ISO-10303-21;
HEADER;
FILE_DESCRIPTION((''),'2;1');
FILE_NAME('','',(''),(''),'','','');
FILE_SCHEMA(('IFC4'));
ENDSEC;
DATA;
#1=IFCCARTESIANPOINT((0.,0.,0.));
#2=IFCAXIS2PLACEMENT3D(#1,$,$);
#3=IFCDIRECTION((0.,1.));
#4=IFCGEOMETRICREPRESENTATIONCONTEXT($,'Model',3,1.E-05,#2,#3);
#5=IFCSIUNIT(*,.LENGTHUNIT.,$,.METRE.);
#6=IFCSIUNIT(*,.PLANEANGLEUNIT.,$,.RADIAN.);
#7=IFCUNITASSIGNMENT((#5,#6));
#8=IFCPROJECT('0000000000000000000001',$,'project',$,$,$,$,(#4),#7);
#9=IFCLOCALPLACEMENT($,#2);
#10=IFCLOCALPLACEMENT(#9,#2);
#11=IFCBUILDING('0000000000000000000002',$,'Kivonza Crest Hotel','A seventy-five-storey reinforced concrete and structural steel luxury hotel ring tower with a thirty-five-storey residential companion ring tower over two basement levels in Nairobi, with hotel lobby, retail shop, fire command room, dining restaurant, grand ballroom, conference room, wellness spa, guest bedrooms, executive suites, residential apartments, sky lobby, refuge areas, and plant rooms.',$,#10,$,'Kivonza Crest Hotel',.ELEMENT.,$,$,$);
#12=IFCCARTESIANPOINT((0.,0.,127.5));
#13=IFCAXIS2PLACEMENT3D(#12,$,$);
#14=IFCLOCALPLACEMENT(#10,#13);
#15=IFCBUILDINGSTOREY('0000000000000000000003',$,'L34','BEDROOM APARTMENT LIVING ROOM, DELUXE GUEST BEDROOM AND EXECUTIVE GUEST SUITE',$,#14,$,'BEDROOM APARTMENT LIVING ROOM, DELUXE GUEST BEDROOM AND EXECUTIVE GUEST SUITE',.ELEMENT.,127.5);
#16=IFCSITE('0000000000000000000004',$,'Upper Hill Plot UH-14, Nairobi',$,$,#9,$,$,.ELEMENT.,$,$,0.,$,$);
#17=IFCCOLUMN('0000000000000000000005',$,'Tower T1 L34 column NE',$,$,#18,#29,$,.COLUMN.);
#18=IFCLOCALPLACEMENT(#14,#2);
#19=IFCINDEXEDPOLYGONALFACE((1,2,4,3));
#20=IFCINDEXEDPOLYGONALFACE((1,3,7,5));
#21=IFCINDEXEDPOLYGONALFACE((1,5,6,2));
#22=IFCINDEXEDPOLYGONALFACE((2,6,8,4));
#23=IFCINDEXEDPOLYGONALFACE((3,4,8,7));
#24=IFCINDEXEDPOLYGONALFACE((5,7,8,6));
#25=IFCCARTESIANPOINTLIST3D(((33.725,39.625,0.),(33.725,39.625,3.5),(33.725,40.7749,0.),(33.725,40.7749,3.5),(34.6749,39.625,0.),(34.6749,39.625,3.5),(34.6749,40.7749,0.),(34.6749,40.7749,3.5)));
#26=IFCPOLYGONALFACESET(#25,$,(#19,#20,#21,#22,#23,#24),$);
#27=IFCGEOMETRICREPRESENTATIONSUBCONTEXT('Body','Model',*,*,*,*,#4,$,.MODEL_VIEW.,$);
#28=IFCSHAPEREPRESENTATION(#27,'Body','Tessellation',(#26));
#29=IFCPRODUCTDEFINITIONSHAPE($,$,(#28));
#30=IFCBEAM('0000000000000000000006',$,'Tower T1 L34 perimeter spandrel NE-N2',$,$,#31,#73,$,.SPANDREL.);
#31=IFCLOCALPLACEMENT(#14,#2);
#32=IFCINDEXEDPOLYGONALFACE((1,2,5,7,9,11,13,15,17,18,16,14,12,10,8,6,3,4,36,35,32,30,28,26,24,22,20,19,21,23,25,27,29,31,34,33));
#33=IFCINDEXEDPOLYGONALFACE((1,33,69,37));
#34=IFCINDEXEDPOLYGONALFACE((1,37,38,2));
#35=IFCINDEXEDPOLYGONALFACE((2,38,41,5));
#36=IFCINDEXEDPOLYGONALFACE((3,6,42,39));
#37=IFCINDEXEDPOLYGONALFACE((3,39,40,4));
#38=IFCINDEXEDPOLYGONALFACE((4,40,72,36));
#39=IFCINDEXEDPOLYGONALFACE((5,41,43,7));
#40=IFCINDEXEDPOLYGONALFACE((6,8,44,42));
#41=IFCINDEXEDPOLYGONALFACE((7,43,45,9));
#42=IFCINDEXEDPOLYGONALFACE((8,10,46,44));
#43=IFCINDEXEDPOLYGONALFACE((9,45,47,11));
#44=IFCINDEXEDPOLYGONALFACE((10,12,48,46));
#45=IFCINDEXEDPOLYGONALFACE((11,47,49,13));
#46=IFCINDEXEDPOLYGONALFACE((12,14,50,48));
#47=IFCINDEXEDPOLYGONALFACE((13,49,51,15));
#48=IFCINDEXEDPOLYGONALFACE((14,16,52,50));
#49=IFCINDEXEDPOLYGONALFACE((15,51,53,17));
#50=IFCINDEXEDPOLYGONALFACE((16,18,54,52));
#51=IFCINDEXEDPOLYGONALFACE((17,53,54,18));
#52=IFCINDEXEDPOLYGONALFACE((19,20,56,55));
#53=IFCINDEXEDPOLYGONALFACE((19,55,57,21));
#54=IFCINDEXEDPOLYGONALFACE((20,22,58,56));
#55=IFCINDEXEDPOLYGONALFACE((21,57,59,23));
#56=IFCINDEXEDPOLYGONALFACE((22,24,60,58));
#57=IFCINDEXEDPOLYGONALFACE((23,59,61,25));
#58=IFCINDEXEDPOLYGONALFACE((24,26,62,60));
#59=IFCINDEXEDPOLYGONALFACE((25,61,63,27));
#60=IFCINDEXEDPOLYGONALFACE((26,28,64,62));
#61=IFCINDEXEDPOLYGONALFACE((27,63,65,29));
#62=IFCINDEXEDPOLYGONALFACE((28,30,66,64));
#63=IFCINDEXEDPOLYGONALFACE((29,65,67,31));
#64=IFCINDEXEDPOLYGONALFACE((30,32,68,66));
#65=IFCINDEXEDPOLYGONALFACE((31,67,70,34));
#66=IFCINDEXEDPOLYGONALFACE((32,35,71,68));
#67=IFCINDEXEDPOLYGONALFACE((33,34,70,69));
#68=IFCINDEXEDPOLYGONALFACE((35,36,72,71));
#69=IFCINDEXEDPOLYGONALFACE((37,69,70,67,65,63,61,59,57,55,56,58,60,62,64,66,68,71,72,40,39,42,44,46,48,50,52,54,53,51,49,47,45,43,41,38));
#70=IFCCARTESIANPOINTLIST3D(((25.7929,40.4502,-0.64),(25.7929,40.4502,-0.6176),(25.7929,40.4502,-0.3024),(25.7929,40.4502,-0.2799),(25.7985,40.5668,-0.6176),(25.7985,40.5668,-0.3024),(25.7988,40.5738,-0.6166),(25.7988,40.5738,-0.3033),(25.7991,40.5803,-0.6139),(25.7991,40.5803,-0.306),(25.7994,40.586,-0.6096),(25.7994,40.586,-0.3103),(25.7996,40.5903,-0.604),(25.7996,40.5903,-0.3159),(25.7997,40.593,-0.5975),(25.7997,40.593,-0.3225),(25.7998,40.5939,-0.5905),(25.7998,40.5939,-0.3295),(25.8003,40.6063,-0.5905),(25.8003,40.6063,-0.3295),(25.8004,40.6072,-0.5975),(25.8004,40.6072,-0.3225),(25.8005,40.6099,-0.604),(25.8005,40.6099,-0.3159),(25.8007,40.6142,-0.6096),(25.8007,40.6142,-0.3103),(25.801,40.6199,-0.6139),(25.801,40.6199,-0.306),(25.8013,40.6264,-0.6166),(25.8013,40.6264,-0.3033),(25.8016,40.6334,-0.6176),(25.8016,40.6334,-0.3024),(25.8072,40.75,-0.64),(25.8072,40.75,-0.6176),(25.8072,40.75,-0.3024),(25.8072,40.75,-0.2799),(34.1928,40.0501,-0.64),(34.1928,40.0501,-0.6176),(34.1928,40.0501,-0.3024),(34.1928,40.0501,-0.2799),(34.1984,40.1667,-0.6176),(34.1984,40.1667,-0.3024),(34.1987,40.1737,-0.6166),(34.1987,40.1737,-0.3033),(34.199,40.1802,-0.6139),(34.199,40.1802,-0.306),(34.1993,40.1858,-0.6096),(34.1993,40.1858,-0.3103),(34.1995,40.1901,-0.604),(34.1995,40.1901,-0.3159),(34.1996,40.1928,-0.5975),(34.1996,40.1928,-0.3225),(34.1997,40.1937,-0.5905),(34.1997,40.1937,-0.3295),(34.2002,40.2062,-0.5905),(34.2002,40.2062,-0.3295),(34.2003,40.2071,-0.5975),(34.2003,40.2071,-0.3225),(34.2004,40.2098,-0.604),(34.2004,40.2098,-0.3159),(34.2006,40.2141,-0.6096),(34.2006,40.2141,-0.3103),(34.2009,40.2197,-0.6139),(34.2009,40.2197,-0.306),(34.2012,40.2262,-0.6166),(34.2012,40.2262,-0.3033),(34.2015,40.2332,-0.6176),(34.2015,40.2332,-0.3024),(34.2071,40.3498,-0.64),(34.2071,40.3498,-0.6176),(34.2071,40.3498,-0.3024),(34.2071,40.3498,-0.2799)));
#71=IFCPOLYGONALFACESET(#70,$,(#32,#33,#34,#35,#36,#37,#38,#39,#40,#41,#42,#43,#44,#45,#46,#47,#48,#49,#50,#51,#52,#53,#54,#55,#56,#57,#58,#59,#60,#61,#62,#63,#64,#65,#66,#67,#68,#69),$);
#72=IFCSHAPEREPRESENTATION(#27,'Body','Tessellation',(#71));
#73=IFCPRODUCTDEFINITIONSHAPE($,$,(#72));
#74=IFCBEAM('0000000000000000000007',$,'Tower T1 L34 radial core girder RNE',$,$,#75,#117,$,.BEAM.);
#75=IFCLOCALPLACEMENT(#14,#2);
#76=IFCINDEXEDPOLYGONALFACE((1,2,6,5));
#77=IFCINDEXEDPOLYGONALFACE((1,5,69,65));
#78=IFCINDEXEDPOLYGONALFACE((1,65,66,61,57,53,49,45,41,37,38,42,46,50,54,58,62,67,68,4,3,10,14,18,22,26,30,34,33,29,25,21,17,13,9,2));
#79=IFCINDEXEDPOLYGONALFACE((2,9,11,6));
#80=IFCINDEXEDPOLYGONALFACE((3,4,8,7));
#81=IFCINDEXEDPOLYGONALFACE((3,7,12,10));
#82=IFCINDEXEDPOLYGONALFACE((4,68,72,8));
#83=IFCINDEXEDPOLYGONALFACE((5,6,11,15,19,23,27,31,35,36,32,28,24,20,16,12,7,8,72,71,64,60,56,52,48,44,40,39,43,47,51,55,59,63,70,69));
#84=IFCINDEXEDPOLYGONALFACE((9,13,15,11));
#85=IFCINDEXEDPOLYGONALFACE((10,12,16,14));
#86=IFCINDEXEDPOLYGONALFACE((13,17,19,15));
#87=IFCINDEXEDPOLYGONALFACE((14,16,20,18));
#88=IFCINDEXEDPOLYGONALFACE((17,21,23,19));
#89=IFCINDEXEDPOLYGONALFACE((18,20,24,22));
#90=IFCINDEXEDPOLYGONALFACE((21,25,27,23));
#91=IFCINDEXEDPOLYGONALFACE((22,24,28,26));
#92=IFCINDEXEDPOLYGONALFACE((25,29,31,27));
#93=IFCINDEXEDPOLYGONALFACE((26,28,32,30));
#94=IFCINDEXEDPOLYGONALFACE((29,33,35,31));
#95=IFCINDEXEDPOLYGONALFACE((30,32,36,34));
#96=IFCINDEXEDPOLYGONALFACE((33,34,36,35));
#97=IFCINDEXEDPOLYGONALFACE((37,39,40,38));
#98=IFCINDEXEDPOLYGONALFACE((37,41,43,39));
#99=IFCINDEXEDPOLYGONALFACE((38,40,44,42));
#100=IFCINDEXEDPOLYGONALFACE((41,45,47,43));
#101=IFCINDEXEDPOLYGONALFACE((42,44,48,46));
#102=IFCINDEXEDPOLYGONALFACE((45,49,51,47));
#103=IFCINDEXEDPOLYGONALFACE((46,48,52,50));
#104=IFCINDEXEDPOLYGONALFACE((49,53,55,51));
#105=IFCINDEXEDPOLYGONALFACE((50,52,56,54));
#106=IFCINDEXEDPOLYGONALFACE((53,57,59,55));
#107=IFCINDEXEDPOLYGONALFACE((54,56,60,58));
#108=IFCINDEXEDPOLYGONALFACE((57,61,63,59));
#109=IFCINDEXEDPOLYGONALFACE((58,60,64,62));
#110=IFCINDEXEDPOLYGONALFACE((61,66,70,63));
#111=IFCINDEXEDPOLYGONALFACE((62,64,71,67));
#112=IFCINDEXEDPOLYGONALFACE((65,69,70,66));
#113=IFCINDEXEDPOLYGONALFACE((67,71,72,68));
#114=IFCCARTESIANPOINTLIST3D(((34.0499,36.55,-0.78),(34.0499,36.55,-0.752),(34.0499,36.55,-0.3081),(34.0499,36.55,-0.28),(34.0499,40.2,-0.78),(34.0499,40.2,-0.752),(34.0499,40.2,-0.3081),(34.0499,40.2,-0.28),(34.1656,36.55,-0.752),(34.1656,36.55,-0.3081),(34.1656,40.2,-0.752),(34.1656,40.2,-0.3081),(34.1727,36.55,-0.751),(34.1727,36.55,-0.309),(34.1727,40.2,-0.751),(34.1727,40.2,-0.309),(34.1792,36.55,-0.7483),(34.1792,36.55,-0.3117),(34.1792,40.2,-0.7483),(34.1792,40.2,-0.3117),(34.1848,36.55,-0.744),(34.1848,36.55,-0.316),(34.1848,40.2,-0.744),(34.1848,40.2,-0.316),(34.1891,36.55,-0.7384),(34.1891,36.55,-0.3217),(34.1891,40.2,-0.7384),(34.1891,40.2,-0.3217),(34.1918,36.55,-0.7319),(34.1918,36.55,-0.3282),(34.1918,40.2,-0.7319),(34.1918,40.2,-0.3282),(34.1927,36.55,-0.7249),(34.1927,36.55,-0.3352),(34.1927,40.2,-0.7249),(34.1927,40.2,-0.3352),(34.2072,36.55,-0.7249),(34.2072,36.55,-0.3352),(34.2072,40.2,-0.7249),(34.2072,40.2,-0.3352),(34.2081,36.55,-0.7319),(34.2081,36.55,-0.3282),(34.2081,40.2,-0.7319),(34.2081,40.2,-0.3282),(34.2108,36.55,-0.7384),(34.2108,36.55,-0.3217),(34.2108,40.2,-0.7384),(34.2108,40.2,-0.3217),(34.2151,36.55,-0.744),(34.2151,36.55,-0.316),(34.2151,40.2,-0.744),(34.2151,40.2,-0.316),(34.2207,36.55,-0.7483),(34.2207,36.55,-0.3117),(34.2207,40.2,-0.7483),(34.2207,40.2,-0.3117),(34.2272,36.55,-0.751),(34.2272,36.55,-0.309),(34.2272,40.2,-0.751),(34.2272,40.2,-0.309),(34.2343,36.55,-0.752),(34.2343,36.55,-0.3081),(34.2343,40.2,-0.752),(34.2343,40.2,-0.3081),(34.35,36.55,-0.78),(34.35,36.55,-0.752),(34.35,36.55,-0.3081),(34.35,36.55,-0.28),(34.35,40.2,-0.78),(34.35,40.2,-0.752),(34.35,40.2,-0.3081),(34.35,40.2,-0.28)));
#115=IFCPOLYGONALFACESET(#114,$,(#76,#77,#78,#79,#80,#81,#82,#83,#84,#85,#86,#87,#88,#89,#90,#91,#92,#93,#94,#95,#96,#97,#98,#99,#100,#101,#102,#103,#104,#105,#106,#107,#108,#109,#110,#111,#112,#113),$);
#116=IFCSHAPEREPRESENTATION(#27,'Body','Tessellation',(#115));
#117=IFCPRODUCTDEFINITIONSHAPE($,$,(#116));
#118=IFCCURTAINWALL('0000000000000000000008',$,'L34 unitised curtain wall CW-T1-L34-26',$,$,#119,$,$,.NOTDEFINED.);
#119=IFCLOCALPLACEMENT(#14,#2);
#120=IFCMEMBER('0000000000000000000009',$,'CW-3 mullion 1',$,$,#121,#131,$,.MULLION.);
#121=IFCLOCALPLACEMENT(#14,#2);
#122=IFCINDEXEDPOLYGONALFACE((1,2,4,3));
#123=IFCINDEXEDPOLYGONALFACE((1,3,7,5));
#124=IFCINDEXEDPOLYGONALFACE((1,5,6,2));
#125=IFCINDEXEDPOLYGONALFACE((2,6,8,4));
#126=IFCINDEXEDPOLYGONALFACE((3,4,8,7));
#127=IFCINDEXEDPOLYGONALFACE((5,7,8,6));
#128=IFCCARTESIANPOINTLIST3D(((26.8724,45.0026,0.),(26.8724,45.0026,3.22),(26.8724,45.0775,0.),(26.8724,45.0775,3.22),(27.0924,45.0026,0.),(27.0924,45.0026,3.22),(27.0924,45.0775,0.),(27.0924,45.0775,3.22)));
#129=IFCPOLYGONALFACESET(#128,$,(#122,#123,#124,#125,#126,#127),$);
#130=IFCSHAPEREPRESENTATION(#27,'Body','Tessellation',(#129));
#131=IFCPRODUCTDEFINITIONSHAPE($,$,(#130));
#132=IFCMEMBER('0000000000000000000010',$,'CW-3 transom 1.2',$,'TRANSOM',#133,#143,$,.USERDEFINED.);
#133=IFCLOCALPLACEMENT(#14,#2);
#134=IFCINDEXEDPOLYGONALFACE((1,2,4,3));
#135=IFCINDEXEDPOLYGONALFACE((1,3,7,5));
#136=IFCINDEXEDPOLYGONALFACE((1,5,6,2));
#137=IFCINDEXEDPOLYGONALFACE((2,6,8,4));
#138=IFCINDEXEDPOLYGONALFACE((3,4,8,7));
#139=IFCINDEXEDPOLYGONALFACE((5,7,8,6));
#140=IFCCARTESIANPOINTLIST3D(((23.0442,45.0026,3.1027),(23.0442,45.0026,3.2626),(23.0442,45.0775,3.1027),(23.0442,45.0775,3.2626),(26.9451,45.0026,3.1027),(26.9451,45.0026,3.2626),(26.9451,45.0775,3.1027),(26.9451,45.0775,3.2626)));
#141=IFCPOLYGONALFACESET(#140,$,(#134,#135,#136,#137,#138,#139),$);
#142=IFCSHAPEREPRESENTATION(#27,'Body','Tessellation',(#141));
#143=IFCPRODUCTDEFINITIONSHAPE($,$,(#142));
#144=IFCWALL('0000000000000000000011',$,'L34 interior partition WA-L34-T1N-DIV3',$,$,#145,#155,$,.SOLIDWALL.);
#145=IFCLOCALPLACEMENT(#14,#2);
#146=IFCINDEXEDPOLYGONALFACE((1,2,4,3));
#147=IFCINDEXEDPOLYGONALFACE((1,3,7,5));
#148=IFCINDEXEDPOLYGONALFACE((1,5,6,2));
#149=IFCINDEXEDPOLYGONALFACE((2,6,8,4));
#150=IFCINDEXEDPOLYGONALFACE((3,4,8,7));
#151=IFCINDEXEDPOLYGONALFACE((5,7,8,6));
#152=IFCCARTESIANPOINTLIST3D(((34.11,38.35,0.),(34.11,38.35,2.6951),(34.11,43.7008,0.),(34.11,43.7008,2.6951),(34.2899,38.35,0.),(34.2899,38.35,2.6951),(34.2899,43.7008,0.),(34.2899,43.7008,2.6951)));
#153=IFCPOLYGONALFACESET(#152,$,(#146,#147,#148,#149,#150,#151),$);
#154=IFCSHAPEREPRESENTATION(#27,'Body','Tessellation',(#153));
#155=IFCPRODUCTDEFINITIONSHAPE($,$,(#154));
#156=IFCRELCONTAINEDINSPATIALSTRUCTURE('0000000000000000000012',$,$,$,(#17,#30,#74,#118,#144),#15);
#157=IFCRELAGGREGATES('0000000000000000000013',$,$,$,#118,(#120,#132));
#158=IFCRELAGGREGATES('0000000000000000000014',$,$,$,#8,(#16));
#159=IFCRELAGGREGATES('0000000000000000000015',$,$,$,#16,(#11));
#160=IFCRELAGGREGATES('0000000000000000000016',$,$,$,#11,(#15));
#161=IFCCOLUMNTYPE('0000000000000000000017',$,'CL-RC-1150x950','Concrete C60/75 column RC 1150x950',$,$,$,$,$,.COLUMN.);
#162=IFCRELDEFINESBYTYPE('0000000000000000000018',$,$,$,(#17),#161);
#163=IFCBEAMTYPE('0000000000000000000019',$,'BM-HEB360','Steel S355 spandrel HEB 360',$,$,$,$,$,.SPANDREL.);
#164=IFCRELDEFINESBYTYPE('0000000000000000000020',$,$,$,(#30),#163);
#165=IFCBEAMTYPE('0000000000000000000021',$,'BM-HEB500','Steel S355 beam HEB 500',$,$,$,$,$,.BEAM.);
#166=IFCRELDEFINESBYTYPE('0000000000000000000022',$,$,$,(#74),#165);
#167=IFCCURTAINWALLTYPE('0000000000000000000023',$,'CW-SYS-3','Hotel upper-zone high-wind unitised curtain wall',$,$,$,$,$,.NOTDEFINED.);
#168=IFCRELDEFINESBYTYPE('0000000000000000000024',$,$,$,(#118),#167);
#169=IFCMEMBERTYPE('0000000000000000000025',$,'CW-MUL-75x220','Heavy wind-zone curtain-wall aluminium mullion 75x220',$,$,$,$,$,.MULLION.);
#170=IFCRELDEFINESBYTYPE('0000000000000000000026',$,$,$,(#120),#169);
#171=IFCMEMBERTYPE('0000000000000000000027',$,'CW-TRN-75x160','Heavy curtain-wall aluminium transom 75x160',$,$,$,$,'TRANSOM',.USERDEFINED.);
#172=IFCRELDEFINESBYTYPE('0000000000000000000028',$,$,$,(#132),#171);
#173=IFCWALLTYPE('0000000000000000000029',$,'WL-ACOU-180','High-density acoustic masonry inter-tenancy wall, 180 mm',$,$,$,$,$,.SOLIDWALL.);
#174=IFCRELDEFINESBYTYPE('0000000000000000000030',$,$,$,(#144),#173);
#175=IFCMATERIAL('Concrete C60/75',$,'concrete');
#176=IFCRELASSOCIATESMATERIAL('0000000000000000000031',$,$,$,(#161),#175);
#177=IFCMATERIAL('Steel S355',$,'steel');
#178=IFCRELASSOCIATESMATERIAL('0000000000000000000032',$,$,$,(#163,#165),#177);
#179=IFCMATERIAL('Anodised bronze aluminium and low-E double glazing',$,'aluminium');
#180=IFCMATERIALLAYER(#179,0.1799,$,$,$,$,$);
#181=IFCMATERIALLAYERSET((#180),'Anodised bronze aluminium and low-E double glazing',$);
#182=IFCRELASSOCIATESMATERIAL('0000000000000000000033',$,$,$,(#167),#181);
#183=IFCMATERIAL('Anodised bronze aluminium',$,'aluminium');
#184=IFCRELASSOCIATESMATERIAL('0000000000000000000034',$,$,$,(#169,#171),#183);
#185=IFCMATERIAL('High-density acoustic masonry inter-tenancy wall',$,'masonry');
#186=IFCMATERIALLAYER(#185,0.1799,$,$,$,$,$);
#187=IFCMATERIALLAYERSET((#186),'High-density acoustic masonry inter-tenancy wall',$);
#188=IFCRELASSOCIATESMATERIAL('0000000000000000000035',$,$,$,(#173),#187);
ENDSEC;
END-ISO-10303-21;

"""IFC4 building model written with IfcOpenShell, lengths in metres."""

from ifc_helpers import new_model, si_unit, direction, frame, frame_2d, origin, origin_2d, place, context, subcontext, project, spatial, rectangle, i_section, extrude, material, layer, layer_set, material_profile, profile_set, type_object, element, aggregate, save


model = new_model("IFC4")

# Units and contexts
model_context = context("Model", 3, precision=1e-05, world=origin(), true_north=direction((0.0, 1.0)))
body_context = subcontext(model_context, "Body", "Model", "MODEL_VIEW")
ifc_project = project(units=[si_unit("LENGTHUNIT", "METRE"), si_unit("PLANEANGLEUNIT", "RADIAN")], contexts=[model_context])

# Site, building, storey
site_placement = place(None, origin())
site = spatial("IfcSite", under=ifc_project, at=site_placement, Name="Upper Hill Plot UH-14, Nairobi", CompositionType="ELEMENT", RefElevation=0.0)
building_placement = place(site_placement, origin())
building = spatial("IfcBuilding", under=site, at=building_placement, Name="Kivonza Crest Hotel", Description="A seventy-five-storey reinforced concrete and structural steel luxury hotel ring tower with a thirty-five-storey residential companion ring tower over two basement levels in Nairobi, with hotel lobby, retail shop, fire command room, dining restaurant, grand ballroom, conference room, wellness spa, guest bedrooms, executive suites, residential apartments, sky lobby, refuge areas, and plant rooms.", LongName="Kivonza Crest Hotel", CompositionType="ELEMENT")
storey_placement = place(building_placement, frame((0.0, 0.0, 127.5)))
storey = spatial("IfcBuildingStorey", under=building, at=storey_placement, Name="L34", Description="BEDROOM APARTMENT LIVING ROOM, DELUXE GUEST BEDROOM AND EXECUTIVE GUEST SUITE", LongName="BEDROOM APARTMENT LIVING ROOM, DELUXE GUEST BEDROOM AND EXECUTIVE GUEST SUITE", CompositionType="ELEMENT", Elevation=127.5)

# Column
ifc_material_1 = material(Name="Concrete C60/75", Category="concrete")
ifc_material_profile_1 = material_profile(ifc_material_1, rectangle(XDim=0.95, YDim=1.1499, at=origin_2d()), Name="RC 1150x950")
ifc_profile_set_1 = profile_set([ifc_material_profile_1], Name="Concrete C60/75")
column_type = type_object("IfcColumnType", Name="CL-RC-1150x950", Description="Concrete C60/75 column RC 1150x950", PredefinedType="COLUMN", material=ifc_profile_set_1)
column_placement = place(storey_placement, frame((34.2, 40.2, 0.0), z_axis=(0.0, 0.0, 1.0), x_axis=(1.0, 0.0, 0.0)))
element("IfcColumn", 1, at=column_placement, inside=storey, type_object=column_type, Name="Tower T1 L34 column NE", PredefinedType="COLUMN", context=body_context, shape_type="SweptSolid", body=[
    extrude(rectangle(XDim=0.95, YDim=1.1499, at=origin_2d()), origin(), (0.0, 0.0, 1.0), 3.5),
])

# Beams
ifc_material_2 = material(Name="Steel S355", Category="steel")
ifc_material_profile_2 = material_profile(ifc_material_2, i_section(OverallWidth=0.3, OverallDepth=0.3601, WebThickness=0.0125, FlangeThickness=0.0225, FilletRadius=0.0271, at=origin_2d()), Name="HEB 360")
ifc_profile_set_2 = profile_set([ifc_material_profile_2], Name="Steel S355")
beam_type_1 = type_object("IfcBeamType", Name="BM-HEB360", Description="Steel S355 spandrel HEB 360", PredefinedType="SPANDREL", material=ifc_profile_set_2)
beam_1_placement = place(storey_placement, frame((34.2, 40.2, -0.46), z_axis=(-0.998867, 0.047583, 0.0), x_axis=(-0.047583, -0.998867, 0.0)))
element("IfcBeam", 2, at=beam_1_placement, inside=storey, type_object=beam_type_1, Name="Tower T1 L34 perimeter spandrel NE-N2", PredefinedType="SPANDREL", context=body_context, shape_type="SweptSolid", body=[
    extrude(i_section(OverallWidth=0.3, OverallDepth=0.3601, WebThickness=0.0125, FlangeThickness=0.0225, FilletRadius=0.0271, at=origin_2d()), origin(), (0.0, 0.0, 1.0), 8.4094),
])
ifc_material_profile_3 = material_profile(ifc_material_2, i_section(OverallWidth=0.3, OverallDepth=0.5, WebThickness=0.0144, FlangeThickness=0.0281, FilletRadius=0.0271, at=origin_2d()), Name="HEB 500")
ifc_profile_set_3 = profile_set([ifc_material_profile_3], Name="Steel S355")
beam_type_2 = type_object("IfcBeamType", Name="BM-HEB500", Description="Steel S355 beam HEB 500", PredefinedType="BEAM", material=ifc_profile_set_3)
beam_2_placement = place(storey_placement, frame((34.2, 40.2, -0.53), z_axis=(0.0, -1.0, 0.0), x_axis=(1.0, 0.0, 0.0)))
element("IfcBeam", 3, at=beam_2_placement, inside=storey, type_object=beam_type_2, Name="Tower T1 L34 radial core girder RNE", PredefinedType="BEAM", context=body_context, shape_type="SweptSolid", body=[
    extrude(i_section(OverallWidth=0.3, OverallDepth=0.5, WebThickness=0.0144, FlangeThickness=0.0281, FilletRadius=0.0271, at=origin_2d()), origin(), (0.0, 0.0, 1.0), 3.6499),
])

# Curtain wall, members
ifc_material_3 = material(Name="Anodised bronze aluminium and low-E double glazing", Category="aluminium")
ifc_layer_1 = layer(ifc_material_3, 0.1799)
ifc_layer_set_1 = layer_set([ifc_layer_1], Name="Anodised bronze aluminium and low-E double glazing")
curtain_wall_type = type_object("IfcCurtainWallType", Name="CW-SYS-3", Description="Hotel upper-zone high-wind unitised curtain wall", PredefinedType="NOTDEFINED", material=ifc_layer_set_1)
curtain_wall_placement = place(storey_placement, origin())
curtain_wall = element("IfcCurtainWall", 4, at=curtain_wall_placement, inside=storey, type_object=curtain_wall_type, Name="L34 unitised curtain wall CW-T1-L34-26", PredefinedType="NOTDEFINED")
ifc_material_4 = material(Name="Anodised bronze aluminium", Category="aluminium")
ifc_material_profile_4 = material_profile(ifc_material_4, rectangle(XDim=0.075, YDim=0.22, at=origin_2d()), Name="CW-M 75x220")
ifc_profile_set_4 = profile_set([ifc_material_profile_4], Name="Anodised bronze aluminium")
member_type_1 = type_object("IfcMemberType", Name="CW-MUL-75x220", Description="Heavy wind-zone curtain-wall aluminium mullion 75x220", PredefinedType="MULLION", material=ifc_profile_set_4)
member_1_placement = place(storey_placement, frame((26.9824, 45.04, 0.0), z_axis=(0.0, 0.0, 1.0), x_axis=(0.0, -1.0, 0.0)))
member_1 = element("IfcMember", 5, at=member_1_placement, type_object=member_type_1, Name="CW-3 mullion 1", PredefinedType="MULLION", context=body_context, shape_type="SweptSolid", body=[
    extrude(rectangle(XDim=0.075, YDim=0.22, at=origin_2d()), origin(), (0.0, 0.0, 1.0), 3.22),
])
ifc_material_profile_5 = material_profile(ifc_material_4, rectangle(XDim=0.075, YDim=0.1599, at=origin_2d()), Name="CW-T 75x160")
ifc_profile_set_5 = profile_set([ifc_material_profile_5], Name="Anodised bronze aluminium")
member_type_2 = type_object("IfcMemberType", Name="CW-TRN-75x160", Description="Heavy curtain-wall aluminium transom 75x160", ElementType="TRANSOM", PredefinedType="USERDEFINED", material=ifc_profile_set_5)
member_2_placement = place(storey_placement, frame((26.9451, 45.04, 3.1826), z_axis=(-1.0, 0.0, 0.0), x_axis=(0.0, -1.0, 0.0)))
member_2 = element("IfcMember", 6, at=member_2_placement, type_object=member_type_2, Name="CW-3 transom 1.2", ObjectType="TRANSOM", PredefinedType="USERDEFINED", context=body_context, shape_type="SweptSolid", body=[
    extrude(rectangle(XDim=0.075, YDim=0.1599, at=origin_2d()), origin(), (0.0, 0.0, 1.0), 3.9009),
])
aggregate(curtain_wall, [member_1, member_2])

# Wall
ifc_material_5 = material(Name="High-density acoustic masonry inter-tenancy wall", Category="masonry")
ifc_layer_2 = layer(ifc_material_5, 0.1799)
ifc_layer_set_2 = layer_set([ifc_layer_2], Name="High-density acoustic masonry inter-tenancy wall")
wall_type_1 = type_object("IfcWallType", Name="WL-ACOU-180", Description="High-density acoustic masonry inter-tenancy wall, 180 mm", PredefinedType="SOLIDWALL", material=ifc_layer_set_2)
wall_1_placement = place(storey_placement, frame((34.2, 38.3501, 0.0), z_axis=(0.0, 0.0, 1.0), x_axis=(0.0, 1.0, 0.0)))
element("IfcWall", 7, at=wall_1_placement, inside=storey, type_object=wall_type_1, Name="L34 interior partition WA-L34-T1N-DIV3", PredefinedType="SOLIDWALL", context=body_context, shape_type="SweptSolid", body=[
    extrude(rectangle(XDim=5.3508, YDim=0.1799, at=frame_2d((2.6753, 0.0))), origin(), (0.0, 0.0, 1.0), 2.6951),
])

save(model, "model.ifc")
